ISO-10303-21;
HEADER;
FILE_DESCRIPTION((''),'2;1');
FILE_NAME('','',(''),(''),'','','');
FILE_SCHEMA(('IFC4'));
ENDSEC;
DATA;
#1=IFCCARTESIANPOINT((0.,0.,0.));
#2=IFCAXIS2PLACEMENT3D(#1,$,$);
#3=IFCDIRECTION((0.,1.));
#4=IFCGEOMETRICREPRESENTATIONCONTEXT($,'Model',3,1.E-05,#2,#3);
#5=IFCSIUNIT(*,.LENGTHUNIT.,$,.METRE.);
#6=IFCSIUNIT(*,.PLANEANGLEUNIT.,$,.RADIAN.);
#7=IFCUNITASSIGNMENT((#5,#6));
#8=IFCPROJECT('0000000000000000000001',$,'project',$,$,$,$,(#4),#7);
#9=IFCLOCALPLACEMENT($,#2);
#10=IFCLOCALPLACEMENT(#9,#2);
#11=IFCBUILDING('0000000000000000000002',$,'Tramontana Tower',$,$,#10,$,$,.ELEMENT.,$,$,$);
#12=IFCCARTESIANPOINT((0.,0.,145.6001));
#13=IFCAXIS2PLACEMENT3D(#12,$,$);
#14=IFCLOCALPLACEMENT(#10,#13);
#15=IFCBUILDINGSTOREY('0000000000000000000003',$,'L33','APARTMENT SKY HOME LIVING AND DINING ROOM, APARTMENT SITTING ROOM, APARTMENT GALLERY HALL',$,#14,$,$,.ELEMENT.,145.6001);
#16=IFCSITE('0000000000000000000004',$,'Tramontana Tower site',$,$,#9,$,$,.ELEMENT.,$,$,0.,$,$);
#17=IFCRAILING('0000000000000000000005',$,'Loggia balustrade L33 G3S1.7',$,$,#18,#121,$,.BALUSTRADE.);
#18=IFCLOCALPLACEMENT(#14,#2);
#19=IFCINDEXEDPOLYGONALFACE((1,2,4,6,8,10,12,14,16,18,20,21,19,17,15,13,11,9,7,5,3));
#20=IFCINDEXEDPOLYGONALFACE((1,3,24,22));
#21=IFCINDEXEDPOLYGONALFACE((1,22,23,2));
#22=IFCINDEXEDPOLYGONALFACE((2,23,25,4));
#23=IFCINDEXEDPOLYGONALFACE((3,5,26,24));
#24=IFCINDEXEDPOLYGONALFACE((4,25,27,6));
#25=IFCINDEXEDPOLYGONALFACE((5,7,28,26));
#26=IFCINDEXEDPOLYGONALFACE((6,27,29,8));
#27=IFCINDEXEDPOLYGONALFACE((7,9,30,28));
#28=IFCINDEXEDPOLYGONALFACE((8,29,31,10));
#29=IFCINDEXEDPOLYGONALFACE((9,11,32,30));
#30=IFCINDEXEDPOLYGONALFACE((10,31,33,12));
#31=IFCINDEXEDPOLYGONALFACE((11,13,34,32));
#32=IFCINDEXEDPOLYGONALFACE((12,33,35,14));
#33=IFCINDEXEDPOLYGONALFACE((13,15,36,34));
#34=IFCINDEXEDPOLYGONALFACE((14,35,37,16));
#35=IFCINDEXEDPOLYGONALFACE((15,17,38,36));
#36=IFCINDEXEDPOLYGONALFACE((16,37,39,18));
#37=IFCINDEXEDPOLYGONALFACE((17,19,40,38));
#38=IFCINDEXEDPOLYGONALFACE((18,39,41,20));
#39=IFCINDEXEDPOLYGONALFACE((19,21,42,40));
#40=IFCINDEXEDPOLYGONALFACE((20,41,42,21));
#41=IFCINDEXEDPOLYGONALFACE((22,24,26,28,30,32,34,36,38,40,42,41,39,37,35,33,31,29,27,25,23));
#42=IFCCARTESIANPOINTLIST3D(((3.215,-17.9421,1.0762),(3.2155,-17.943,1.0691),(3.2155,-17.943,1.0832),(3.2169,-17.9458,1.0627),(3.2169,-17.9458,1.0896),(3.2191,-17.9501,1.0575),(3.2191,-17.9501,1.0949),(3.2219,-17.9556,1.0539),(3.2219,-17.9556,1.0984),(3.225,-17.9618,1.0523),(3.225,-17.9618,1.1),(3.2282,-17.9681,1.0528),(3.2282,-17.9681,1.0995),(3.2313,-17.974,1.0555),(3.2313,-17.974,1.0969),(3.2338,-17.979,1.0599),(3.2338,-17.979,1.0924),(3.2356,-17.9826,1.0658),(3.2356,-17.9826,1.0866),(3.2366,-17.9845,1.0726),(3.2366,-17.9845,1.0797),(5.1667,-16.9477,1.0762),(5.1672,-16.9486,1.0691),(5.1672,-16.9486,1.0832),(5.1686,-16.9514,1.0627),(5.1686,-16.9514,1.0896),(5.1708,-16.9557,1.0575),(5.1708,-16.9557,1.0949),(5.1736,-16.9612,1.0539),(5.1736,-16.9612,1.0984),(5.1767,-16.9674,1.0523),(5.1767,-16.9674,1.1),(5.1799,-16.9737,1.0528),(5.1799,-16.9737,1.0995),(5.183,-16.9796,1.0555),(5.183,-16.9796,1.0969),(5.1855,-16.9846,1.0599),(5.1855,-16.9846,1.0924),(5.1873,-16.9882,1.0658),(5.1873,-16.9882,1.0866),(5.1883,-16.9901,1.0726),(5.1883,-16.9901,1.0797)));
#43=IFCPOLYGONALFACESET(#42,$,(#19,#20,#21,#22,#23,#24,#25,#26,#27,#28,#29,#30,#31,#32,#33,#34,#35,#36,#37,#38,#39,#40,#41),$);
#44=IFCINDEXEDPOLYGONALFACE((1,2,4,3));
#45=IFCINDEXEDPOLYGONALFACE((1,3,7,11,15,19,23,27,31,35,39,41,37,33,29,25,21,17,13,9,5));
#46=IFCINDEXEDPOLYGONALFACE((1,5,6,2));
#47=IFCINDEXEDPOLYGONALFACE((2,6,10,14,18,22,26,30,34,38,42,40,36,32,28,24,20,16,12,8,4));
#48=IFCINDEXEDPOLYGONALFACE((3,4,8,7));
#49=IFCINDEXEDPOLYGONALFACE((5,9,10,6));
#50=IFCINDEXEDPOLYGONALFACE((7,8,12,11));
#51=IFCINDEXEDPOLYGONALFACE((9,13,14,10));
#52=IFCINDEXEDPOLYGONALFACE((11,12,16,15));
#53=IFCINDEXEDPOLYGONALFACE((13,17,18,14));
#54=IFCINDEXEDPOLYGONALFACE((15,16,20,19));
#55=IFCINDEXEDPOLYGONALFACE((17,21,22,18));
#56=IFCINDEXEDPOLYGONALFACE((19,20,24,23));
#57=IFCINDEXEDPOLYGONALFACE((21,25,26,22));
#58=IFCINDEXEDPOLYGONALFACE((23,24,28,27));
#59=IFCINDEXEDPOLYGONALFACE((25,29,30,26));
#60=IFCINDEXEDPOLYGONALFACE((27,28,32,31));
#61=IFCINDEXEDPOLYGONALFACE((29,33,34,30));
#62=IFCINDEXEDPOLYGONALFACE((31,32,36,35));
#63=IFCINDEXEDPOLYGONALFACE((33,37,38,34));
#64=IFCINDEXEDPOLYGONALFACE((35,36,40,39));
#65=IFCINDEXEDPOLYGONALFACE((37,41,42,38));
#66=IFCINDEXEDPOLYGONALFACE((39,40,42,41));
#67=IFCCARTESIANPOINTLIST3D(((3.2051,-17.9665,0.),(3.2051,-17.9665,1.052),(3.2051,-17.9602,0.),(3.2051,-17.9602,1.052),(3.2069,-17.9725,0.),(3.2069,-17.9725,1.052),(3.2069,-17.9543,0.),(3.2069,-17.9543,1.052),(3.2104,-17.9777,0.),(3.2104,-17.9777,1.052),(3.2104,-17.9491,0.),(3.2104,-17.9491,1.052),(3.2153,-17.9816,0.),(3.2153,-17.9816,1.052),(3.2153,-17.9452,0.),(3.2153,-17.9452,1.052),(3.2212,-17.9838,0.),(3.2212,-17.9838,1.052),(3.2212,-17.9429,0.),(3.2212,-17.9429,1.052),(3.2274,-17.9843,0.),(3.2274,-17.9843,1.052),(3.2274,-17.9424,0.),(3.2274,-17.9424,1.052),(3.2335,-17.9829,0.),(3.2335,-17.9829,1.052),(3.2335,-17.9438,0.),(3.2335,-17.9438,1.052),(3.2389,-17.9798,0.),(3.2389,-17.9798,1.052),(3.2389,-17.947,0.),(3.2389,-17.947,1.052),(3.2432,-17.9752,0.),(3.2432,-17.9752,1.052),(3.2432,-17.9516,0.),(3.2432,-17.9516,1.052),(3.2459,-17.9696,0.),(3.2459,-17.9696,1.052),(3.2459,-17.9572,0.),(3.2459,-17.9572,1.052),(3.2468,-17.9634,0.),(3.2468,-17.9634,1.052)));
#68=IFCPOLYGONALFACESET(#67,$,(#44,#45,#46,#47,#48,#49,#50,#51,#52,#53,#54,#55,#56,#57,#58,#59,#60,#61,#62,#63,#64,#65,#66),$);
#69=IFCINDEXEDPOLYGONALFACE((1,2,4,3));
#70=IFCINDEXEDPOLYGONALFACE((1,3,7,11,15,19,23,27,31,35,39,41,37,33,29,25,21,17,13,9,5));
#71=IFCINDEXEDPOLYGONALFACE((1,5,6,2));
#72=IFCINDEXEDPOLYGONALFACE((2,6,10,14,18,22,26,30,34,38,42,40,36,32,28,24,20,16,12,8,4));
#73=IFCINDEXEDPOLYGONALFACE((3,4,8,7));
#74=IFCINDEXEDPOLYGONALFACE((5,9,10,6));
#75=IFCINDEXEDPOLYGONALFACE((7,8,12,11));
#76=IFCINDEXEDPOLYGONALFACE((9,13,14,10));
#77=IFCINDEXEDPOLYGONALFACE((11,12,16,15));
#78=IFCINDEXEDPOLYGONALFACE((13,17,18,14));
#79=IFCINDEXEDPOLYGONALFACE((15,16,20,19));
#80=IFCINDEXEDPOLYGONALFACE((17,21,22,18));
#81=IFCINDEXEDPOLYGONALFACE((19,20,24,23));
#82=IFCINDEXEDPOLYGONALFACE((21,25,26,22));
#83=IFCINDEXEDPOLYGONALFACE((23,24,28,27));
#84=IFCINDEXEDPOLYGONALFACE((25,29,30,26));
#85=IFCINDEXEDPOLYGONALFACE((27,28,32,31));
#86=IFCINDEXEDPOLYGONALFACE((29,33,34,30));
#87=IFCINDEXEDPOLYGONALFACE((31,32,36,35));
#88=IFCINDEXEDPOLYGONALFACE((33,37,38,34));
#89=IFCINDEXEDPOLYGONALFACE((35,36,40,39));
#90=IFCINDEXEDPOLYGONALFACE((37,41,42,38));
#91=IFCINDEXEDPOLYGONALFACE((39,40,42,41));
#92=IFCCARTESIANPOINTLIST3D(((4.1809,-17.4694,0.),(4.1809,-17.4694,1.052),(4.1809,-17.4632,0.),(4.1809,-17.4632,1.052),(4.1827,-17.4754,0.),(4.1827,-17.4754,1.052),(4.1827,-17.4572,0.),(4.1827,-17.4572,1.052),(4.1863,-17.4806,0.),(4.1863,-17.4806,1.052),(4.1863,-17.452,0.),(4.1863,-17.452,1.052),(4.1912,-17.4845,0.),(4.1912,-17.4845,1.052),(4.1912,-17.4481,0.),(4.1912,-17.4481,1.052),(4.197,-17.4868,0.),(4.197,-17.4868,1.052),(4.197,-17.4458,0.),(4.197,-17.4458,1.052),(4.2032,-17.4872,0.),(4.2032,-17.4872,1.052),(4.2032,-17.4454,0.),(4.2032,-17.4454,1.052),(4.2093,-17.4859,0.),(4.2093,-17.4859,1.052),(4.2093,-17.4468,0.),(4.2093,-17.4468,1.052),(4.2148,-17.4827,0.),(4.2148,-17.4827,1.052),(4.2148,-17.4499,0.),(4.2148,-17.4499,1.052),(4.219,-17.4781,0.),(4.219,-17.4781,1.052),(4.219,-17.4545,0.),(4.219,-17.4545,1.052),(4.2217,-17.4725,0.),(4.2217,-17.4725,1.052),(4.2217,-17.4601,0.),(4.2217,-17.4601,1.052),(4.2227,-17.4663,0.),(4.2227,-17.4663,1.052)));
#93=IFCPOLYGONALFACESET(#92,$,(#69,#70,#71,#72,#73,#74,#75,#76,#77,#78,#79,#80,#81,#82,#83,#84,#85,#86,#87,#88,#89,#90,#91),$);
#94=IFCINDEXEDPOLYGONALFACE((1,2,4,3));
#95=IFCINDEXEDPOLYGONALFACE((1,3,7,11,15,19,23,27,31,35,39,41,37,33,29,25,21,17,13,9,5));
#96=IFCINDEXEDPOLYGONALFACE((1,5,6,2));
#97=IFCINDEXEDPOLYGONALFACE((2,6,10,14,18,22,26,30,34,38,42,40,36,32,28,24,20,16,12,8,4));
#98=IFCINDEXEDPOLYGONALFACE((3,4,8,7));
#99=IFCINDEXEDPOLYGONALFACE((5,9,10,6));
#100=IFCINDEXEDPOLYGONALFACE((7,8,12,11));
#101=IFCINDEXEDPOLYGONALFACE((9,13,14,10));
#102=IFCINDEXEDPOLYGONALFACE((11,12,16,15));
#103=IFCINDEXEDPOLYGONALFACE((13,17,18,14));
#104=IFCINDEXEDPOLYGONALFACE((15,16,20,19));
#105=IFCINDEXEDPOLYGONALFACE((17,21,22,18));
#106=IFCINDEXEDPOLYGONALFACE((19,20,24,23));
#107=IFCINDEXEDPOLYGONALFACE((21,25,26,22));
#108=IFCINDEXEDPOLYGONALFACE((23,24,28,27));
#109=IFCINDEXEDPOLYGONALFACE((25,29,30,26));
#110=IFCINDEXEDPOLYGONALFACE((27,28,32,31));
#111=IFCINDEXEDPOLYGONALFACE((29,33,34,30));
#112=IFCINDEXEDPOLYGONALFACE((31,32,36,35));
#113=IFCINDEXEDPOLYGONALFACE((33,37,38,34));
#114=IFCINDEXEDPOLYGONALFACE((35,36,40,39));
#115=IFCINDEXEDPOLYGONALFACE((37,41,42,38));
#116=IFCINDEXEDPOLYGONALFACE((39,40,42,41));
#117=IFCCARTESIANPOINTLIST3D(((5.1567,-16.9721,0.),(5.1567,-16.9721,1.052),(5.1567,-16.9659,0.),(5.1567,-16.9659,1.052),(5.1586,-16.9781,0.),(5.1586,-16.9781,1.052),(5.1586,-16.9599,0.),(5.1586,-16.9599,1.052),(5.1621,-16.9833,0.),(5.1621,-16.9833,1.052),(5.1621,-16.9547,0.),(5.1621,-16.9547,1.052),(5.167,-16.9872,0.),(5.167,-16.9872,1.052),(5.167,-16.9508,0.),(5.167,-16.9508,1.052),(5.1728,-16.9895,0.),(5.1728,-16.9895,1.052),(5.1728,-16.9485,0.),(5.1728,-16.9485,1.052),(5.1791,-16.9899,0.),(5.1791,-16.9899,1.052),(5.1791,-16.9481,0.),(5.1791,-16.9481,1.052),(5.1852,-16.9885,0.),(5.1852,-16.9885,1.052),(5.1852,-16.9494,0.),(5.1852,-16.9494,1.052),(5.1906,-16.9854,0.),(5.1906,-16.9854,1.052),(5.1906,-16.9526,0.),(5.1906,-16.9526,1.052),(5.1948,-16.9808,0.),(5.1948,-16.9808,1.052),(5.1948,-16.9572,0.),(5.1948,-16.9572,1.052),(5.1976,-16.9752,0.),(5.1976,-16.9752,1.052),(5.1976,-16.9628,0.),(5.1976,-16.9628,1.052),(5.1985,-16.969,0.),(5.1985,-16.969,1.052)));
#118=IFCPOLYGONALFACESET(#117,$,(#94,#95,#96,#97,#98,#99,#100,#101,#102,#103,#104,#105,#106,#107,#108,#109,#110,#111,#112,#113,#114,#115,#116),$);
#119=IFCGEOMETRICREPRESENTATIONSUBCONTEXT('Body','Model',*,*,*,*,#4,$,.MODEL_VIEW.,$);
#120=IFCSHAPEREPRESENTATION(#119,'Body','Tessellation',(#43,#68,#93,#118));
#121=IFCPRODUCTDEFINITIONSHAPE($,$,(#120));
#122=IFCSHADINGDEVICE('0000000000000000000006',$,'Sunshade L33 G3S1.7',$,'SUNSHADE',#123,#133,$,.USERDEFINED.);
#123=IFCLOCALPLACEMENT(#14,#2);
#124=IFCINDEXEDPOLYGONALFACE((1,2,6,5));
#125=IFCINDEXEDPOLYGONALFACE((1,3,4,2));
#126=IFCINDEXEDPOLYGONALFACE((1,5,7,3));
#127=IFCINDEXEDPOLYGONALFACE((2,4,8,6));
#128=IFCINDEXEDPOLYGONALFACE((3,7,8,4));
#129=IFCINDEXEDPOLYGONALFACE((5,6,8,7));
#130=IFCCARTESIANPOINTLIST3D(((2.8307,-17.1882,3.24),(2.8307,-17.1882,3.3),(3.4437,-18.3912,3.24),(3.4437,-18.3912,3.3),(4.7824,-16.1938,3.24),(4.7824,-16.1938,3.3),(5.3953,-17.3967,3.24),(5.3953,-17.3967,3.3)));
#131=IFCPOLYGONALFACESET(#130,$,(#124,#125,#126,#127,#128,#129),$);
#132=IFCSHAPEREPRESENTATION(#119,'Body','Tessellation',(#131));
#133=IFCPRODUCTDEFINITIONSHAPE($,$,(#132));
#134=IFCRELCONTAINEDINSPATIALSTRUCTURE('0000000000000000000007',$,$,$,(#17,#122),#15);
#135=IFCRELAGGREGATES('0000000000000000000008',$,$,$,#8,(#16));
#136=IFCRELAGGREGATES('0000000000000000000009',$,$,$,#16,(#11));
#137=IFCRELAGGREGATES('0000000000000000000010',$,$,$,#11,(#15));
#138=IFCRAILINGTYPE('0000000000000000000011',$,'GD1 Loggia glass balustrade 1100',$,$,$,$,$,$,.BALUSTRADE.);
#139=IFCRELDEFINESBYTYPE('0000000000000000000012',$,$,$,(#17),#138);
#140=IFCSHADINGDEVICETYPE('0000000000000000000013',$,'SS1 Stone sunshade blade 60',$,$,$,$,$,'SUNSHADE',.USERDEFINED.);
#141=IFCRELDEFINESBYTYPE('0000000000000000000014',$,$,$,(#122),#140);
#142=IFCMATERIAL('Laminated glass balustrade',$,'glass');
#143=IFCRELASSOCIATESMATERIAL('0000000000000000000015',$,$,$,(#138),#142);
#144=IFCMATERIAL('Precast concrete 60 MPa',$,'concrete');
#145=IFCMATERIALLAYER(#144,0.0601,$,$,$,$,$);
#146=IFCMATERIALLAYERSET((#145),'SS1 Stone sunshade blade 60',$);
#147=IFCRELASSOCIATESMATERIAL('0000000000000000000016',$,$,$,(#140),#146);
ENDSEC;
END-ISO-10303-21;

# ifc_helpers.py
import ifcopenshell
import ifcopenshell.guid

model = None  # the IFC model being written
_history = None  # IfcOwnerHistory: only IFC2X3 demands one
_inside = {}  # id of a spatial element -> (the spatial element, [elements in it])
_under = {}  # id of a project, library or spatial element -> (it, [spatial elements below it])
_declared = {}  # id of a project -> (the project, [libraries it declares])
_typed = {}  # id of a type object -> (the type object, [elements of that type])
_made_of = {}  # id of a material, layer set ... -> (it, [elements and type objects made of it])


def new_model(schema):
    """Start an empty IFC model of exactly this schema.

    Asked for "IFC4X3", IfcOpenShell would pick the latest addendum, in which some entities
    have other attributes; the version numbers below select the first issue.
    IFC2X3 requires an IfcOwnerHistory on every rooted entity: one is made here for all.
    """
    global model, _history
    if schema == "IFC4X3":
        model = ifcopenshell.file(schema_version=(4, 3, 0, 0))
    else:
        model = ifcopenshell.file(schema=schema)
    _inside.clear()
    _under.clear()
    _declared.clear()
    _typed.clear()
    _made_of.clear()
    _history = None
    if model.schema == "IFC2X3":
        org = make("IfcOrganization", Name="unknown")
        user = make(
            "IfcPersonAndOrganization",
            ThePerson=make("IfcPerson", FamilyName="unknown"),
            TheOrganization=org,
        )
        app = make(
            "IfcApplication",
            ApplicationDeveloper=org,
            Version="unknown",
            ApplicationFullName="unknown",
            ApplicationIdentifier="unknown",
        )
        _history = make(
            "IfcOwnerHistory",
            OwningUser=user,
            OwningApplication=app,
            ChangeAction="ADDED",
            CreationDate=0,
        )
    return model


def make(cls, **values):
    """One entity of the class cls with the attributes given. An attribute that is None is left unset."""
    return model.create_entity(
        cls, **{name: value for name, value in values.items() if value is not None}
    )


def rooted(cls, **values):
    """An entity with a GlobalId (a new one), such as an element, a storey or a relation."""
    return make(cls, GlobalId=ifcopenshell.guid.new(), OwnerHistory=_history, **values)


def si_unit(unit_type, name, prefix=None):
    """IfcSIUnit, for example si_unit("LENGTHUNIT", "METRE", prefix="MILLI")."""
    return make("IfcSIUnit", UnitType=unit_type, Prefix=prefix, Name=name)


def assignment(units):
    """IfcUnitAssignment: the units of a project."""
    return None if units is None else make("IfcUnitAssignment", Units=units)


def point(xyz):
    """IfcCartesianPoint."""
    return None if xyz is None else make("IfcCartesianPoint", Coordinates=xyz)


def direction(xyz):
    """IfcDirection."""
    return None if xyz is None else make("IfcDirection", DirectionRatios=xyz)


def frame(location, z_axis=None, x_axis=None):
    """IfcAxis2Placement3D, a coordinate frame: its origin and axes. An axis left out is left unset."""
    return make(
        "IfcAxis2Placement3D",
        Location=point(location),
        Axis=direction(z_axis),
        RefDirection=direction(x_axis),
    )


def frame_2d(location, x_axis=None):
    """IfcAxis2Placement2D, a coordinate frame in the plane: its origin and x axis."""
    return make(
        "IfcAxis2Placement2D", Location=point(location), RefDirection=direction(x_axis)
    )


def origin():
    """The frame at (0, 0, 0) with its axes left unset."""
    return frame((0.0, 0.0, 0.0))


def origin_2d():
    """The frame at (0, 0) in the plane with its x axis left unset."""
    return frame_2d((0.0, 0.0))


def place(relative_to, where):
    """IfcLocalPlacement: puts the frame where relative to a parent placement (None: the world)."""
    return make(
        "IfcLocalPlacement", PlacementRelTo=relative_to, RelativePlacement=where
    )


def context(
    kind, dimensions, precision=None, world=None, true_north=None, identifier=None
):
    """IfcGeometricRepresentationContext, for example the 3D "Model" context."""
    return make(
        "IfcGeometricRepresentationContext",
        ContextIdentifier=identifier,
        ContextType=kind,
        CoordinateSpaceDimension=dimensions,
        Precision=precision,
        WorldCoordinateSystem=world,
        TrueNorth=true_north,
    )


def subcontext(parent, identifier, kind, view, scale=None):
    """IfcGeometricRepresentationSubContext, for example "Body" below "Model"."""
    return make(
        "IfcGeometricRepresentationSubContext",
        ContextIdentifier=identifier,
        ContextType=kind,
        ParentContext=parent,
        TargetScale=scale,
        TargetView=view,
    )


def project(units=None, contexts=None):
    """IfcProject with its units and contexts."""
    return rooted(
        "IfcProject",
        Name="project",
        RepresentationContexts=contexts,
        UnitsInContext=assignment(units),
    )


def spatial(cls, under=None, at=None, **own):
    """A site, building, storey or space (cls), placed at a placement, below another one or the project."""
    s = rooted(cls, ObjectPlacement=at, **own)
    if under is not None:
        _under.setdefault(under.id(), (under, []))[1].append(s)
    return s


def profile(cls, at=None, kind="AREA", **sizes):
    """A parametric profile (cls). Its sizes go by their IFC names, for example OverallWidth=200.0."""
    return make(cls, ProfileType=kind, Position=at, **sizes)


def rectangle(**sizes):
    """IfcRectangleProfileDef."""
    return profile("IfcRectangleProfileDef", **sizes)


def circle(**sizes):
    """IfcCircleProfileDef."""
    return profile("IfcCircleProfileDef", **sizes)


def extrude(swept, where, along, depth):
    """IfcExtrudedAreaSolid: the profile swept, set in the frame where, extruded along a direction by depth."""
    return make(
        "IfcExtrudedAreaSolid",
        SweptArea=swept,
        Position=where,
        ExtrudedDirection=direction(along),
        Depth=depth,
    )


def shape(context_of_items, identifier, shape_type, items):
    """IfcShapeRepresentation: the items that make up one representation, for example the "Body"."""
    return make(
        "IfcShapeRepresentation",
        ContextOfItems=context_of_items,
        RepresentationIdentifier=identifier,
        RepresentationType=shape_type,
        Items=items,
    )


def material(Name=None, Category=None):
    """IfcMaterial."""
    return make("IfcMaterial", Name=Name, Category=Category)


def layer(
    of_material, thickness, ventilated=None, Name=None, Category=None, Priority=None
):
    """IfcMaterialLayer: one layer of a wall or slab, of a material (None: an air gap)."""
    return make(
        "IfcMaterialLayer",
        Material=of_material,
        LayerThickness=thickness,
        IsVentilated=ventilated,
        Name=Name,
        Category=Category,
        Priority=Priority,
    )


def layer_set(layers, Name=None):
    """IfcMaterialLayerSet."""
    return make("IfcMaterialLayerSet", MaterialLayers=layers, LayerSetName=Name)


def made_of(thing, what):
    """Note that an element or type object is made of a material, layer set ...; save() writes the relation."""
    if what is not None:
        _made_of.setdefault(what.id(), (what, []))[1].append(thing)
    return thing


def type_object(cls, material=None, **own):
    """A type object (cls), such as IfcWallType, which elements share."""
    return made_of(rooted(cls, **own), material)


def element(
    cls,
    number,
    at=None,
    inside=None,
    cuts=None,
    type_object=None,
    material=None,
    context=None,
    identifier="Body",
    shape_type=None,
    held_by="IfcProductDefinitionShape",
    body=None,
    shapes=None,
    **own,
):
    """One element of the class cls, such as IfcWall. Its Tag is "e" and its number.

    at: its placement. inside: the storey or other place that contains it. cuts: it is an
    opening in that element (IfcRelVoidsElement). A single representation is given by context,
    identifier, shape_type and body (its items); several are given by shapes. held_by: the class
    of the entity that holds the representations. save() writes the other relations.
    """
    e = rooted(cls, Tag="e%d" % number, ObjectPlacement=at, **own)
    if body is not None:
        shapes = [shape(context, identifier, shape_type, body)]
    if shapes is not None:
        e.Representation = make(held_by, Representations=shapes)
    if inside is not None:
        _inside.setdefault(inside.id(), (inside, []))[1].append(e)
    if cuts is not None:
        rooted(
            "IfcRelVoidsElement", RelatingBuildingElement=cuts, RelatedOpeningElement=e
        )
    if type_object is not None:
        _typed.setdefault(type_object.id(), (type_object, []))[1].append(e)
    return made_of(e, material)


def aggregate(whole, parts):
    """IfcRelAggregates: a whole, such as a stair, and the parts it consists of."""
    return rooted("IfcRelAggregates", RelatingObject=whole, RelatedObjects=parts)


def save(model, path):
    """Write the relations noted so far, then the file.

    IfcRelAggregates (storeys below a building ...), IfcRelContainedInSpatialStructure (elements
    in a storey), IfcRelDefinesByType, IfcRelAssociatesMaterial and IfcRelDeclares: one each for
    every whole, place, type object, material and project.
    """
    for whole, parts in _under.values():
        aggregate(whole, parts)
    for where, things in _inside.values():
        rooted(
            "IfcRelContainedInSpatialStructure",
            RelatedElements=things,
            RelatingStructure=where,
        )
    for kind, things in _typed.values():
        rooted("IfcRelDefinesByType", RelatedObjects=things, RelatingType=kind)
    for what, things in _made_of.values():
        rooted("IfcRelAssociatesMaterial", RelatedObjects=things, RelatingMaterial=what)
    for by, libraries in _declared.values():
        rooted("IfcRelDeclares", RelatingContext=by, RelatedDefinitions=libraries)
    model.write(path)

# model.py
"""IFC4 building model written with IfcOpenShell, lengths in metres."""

from ifc_helpers import new_model, si_unit, direction, frame, origin, origin_2d, place, context, subcontext, project, spatial, rectangle, circle, extrude, material, layer, layer_set, type_object, element, save


model = new_model("IFC4")

# Units and contexts
model_context = context("Model", 3, precision=1e-05, world=origin(), true_north=direction((0.0, 1.0)))
body_context = subcontext(model_context, "Body", "Model", "MODEL_VIEW")
ifc_project = project(units=[si_unit("LENGTHUNIT", "METRE"), si_unit("PLANEANGLEUNIT", "RADIAN")], contexts=[model_context])

# Site, building, storey
site_placement = place(None, origin())
site = spatial("IfcSite", under=ifc_project, at=site_placement, Name="Tramontana Tower site", CompositionType="ELEMENT", RefElevation=0.0)
building_placement = place(site_placement, origin())
building = spatial("IfcBuilding", under=site, at=building_placement, Name="Tramontana Tower", CompositionType="ELEMENT")
storey_placement = place(building_placement, frame((0.0, 0.0, 145.6001)))
storey = spatial("IfcBuildingStorey", under=building, at=storey_placement, Name="L33", Description="APARTMENT SKY HOME LIVING AND DINING ROOM, APARTMENT SITTING ROOM, APARTMENT GALLERY HALL", CompositionType="ELEMENT", Elevation=145.6001)

# Railing
ifc_material_1 = material(Name="Laminated glass balustrade", Category="glass")
railing_type = type_object("IfcRailingType", Name="GD1 Loggia glass balustrade 1100", PredefinedType="BALUSTRADE", material=ifc_material_1)
railing_placement = place(storey_placement, frame((3.2258, -17.9634, 0.0)))
element("IfcRailing", 1, at=railing_placement, inside=storey, type_object=railing_type, Name="Loggia balustrade L33 G3S1.7", PredefinedType="BALUSTRADE", context=body_context, shape_type="SweptSolid", body=[
    extrude(circle(Radius=0.0239, at=origin_2d()), frame((0.0, 0.0, 1.0762), z_axis=(0.891013, 0.453978, 0.0), x_axis=(-0.453978, 0.891013, 0.0)), (0.0, 0.0, 1.0), 2.1904),
    extrude(circle(Radius=0.021, at=origin_2d()), origin(), (0.0, 0.0, 1.0), 1.052),
    extrude(circle(Radius=0.021, at=origin_2d()), frame((0.9758, 0.4971, 0.0)), (0.0, 0.0, 1.0), 1.052),
    extrude(circle(Radius=0.021, at=origin_2d()), frame((1.9517, 0.9944, 0.0)), (0.0, 0.0, 1.0), 1.052),
])

# Shading device
ifc_material_2 = material(Name="Precast concrete 60 MPa", Category="concrete")
ifc_layer_1 = layer(ifc_material_2, 0.0601)
ifc_layer_set_1 = layer_set([ifc_layer_1], Name="SS1 Stone sunshade blade 60")
shading_device_type = type_object("IfcShadingDeviceType", Name="SS1 Stone sunshade blade 60", ElementType="SUNSHADE", PredefinedType="USERDEFINED", material=ifc_layer_set_1)
shading_device_placement = place(storey_placement, frame((4.113, -17.2925, 3.24), z_axis=(0.0, 0.0, 1.0), x_axis=(0.891007, 0.45399, 0.0)))
element("IfcShadingDevice", 2, at=shading_device_placement, inside=storey, type_object=shading_device_type, Name="Sunshade L33 G3S1.7", ObjectType="SUNSHADE", PredefinedType="USERDEFINED", context=body_context, shape_type="SweptSolid", body=[
    extrude(rectangle(XDim=2.1904, YDim=1.3501, at=origin_2d()), origin(), (0.0, 0.0, 1.0), 0.0601),
])

save(model, "model.ifc")
